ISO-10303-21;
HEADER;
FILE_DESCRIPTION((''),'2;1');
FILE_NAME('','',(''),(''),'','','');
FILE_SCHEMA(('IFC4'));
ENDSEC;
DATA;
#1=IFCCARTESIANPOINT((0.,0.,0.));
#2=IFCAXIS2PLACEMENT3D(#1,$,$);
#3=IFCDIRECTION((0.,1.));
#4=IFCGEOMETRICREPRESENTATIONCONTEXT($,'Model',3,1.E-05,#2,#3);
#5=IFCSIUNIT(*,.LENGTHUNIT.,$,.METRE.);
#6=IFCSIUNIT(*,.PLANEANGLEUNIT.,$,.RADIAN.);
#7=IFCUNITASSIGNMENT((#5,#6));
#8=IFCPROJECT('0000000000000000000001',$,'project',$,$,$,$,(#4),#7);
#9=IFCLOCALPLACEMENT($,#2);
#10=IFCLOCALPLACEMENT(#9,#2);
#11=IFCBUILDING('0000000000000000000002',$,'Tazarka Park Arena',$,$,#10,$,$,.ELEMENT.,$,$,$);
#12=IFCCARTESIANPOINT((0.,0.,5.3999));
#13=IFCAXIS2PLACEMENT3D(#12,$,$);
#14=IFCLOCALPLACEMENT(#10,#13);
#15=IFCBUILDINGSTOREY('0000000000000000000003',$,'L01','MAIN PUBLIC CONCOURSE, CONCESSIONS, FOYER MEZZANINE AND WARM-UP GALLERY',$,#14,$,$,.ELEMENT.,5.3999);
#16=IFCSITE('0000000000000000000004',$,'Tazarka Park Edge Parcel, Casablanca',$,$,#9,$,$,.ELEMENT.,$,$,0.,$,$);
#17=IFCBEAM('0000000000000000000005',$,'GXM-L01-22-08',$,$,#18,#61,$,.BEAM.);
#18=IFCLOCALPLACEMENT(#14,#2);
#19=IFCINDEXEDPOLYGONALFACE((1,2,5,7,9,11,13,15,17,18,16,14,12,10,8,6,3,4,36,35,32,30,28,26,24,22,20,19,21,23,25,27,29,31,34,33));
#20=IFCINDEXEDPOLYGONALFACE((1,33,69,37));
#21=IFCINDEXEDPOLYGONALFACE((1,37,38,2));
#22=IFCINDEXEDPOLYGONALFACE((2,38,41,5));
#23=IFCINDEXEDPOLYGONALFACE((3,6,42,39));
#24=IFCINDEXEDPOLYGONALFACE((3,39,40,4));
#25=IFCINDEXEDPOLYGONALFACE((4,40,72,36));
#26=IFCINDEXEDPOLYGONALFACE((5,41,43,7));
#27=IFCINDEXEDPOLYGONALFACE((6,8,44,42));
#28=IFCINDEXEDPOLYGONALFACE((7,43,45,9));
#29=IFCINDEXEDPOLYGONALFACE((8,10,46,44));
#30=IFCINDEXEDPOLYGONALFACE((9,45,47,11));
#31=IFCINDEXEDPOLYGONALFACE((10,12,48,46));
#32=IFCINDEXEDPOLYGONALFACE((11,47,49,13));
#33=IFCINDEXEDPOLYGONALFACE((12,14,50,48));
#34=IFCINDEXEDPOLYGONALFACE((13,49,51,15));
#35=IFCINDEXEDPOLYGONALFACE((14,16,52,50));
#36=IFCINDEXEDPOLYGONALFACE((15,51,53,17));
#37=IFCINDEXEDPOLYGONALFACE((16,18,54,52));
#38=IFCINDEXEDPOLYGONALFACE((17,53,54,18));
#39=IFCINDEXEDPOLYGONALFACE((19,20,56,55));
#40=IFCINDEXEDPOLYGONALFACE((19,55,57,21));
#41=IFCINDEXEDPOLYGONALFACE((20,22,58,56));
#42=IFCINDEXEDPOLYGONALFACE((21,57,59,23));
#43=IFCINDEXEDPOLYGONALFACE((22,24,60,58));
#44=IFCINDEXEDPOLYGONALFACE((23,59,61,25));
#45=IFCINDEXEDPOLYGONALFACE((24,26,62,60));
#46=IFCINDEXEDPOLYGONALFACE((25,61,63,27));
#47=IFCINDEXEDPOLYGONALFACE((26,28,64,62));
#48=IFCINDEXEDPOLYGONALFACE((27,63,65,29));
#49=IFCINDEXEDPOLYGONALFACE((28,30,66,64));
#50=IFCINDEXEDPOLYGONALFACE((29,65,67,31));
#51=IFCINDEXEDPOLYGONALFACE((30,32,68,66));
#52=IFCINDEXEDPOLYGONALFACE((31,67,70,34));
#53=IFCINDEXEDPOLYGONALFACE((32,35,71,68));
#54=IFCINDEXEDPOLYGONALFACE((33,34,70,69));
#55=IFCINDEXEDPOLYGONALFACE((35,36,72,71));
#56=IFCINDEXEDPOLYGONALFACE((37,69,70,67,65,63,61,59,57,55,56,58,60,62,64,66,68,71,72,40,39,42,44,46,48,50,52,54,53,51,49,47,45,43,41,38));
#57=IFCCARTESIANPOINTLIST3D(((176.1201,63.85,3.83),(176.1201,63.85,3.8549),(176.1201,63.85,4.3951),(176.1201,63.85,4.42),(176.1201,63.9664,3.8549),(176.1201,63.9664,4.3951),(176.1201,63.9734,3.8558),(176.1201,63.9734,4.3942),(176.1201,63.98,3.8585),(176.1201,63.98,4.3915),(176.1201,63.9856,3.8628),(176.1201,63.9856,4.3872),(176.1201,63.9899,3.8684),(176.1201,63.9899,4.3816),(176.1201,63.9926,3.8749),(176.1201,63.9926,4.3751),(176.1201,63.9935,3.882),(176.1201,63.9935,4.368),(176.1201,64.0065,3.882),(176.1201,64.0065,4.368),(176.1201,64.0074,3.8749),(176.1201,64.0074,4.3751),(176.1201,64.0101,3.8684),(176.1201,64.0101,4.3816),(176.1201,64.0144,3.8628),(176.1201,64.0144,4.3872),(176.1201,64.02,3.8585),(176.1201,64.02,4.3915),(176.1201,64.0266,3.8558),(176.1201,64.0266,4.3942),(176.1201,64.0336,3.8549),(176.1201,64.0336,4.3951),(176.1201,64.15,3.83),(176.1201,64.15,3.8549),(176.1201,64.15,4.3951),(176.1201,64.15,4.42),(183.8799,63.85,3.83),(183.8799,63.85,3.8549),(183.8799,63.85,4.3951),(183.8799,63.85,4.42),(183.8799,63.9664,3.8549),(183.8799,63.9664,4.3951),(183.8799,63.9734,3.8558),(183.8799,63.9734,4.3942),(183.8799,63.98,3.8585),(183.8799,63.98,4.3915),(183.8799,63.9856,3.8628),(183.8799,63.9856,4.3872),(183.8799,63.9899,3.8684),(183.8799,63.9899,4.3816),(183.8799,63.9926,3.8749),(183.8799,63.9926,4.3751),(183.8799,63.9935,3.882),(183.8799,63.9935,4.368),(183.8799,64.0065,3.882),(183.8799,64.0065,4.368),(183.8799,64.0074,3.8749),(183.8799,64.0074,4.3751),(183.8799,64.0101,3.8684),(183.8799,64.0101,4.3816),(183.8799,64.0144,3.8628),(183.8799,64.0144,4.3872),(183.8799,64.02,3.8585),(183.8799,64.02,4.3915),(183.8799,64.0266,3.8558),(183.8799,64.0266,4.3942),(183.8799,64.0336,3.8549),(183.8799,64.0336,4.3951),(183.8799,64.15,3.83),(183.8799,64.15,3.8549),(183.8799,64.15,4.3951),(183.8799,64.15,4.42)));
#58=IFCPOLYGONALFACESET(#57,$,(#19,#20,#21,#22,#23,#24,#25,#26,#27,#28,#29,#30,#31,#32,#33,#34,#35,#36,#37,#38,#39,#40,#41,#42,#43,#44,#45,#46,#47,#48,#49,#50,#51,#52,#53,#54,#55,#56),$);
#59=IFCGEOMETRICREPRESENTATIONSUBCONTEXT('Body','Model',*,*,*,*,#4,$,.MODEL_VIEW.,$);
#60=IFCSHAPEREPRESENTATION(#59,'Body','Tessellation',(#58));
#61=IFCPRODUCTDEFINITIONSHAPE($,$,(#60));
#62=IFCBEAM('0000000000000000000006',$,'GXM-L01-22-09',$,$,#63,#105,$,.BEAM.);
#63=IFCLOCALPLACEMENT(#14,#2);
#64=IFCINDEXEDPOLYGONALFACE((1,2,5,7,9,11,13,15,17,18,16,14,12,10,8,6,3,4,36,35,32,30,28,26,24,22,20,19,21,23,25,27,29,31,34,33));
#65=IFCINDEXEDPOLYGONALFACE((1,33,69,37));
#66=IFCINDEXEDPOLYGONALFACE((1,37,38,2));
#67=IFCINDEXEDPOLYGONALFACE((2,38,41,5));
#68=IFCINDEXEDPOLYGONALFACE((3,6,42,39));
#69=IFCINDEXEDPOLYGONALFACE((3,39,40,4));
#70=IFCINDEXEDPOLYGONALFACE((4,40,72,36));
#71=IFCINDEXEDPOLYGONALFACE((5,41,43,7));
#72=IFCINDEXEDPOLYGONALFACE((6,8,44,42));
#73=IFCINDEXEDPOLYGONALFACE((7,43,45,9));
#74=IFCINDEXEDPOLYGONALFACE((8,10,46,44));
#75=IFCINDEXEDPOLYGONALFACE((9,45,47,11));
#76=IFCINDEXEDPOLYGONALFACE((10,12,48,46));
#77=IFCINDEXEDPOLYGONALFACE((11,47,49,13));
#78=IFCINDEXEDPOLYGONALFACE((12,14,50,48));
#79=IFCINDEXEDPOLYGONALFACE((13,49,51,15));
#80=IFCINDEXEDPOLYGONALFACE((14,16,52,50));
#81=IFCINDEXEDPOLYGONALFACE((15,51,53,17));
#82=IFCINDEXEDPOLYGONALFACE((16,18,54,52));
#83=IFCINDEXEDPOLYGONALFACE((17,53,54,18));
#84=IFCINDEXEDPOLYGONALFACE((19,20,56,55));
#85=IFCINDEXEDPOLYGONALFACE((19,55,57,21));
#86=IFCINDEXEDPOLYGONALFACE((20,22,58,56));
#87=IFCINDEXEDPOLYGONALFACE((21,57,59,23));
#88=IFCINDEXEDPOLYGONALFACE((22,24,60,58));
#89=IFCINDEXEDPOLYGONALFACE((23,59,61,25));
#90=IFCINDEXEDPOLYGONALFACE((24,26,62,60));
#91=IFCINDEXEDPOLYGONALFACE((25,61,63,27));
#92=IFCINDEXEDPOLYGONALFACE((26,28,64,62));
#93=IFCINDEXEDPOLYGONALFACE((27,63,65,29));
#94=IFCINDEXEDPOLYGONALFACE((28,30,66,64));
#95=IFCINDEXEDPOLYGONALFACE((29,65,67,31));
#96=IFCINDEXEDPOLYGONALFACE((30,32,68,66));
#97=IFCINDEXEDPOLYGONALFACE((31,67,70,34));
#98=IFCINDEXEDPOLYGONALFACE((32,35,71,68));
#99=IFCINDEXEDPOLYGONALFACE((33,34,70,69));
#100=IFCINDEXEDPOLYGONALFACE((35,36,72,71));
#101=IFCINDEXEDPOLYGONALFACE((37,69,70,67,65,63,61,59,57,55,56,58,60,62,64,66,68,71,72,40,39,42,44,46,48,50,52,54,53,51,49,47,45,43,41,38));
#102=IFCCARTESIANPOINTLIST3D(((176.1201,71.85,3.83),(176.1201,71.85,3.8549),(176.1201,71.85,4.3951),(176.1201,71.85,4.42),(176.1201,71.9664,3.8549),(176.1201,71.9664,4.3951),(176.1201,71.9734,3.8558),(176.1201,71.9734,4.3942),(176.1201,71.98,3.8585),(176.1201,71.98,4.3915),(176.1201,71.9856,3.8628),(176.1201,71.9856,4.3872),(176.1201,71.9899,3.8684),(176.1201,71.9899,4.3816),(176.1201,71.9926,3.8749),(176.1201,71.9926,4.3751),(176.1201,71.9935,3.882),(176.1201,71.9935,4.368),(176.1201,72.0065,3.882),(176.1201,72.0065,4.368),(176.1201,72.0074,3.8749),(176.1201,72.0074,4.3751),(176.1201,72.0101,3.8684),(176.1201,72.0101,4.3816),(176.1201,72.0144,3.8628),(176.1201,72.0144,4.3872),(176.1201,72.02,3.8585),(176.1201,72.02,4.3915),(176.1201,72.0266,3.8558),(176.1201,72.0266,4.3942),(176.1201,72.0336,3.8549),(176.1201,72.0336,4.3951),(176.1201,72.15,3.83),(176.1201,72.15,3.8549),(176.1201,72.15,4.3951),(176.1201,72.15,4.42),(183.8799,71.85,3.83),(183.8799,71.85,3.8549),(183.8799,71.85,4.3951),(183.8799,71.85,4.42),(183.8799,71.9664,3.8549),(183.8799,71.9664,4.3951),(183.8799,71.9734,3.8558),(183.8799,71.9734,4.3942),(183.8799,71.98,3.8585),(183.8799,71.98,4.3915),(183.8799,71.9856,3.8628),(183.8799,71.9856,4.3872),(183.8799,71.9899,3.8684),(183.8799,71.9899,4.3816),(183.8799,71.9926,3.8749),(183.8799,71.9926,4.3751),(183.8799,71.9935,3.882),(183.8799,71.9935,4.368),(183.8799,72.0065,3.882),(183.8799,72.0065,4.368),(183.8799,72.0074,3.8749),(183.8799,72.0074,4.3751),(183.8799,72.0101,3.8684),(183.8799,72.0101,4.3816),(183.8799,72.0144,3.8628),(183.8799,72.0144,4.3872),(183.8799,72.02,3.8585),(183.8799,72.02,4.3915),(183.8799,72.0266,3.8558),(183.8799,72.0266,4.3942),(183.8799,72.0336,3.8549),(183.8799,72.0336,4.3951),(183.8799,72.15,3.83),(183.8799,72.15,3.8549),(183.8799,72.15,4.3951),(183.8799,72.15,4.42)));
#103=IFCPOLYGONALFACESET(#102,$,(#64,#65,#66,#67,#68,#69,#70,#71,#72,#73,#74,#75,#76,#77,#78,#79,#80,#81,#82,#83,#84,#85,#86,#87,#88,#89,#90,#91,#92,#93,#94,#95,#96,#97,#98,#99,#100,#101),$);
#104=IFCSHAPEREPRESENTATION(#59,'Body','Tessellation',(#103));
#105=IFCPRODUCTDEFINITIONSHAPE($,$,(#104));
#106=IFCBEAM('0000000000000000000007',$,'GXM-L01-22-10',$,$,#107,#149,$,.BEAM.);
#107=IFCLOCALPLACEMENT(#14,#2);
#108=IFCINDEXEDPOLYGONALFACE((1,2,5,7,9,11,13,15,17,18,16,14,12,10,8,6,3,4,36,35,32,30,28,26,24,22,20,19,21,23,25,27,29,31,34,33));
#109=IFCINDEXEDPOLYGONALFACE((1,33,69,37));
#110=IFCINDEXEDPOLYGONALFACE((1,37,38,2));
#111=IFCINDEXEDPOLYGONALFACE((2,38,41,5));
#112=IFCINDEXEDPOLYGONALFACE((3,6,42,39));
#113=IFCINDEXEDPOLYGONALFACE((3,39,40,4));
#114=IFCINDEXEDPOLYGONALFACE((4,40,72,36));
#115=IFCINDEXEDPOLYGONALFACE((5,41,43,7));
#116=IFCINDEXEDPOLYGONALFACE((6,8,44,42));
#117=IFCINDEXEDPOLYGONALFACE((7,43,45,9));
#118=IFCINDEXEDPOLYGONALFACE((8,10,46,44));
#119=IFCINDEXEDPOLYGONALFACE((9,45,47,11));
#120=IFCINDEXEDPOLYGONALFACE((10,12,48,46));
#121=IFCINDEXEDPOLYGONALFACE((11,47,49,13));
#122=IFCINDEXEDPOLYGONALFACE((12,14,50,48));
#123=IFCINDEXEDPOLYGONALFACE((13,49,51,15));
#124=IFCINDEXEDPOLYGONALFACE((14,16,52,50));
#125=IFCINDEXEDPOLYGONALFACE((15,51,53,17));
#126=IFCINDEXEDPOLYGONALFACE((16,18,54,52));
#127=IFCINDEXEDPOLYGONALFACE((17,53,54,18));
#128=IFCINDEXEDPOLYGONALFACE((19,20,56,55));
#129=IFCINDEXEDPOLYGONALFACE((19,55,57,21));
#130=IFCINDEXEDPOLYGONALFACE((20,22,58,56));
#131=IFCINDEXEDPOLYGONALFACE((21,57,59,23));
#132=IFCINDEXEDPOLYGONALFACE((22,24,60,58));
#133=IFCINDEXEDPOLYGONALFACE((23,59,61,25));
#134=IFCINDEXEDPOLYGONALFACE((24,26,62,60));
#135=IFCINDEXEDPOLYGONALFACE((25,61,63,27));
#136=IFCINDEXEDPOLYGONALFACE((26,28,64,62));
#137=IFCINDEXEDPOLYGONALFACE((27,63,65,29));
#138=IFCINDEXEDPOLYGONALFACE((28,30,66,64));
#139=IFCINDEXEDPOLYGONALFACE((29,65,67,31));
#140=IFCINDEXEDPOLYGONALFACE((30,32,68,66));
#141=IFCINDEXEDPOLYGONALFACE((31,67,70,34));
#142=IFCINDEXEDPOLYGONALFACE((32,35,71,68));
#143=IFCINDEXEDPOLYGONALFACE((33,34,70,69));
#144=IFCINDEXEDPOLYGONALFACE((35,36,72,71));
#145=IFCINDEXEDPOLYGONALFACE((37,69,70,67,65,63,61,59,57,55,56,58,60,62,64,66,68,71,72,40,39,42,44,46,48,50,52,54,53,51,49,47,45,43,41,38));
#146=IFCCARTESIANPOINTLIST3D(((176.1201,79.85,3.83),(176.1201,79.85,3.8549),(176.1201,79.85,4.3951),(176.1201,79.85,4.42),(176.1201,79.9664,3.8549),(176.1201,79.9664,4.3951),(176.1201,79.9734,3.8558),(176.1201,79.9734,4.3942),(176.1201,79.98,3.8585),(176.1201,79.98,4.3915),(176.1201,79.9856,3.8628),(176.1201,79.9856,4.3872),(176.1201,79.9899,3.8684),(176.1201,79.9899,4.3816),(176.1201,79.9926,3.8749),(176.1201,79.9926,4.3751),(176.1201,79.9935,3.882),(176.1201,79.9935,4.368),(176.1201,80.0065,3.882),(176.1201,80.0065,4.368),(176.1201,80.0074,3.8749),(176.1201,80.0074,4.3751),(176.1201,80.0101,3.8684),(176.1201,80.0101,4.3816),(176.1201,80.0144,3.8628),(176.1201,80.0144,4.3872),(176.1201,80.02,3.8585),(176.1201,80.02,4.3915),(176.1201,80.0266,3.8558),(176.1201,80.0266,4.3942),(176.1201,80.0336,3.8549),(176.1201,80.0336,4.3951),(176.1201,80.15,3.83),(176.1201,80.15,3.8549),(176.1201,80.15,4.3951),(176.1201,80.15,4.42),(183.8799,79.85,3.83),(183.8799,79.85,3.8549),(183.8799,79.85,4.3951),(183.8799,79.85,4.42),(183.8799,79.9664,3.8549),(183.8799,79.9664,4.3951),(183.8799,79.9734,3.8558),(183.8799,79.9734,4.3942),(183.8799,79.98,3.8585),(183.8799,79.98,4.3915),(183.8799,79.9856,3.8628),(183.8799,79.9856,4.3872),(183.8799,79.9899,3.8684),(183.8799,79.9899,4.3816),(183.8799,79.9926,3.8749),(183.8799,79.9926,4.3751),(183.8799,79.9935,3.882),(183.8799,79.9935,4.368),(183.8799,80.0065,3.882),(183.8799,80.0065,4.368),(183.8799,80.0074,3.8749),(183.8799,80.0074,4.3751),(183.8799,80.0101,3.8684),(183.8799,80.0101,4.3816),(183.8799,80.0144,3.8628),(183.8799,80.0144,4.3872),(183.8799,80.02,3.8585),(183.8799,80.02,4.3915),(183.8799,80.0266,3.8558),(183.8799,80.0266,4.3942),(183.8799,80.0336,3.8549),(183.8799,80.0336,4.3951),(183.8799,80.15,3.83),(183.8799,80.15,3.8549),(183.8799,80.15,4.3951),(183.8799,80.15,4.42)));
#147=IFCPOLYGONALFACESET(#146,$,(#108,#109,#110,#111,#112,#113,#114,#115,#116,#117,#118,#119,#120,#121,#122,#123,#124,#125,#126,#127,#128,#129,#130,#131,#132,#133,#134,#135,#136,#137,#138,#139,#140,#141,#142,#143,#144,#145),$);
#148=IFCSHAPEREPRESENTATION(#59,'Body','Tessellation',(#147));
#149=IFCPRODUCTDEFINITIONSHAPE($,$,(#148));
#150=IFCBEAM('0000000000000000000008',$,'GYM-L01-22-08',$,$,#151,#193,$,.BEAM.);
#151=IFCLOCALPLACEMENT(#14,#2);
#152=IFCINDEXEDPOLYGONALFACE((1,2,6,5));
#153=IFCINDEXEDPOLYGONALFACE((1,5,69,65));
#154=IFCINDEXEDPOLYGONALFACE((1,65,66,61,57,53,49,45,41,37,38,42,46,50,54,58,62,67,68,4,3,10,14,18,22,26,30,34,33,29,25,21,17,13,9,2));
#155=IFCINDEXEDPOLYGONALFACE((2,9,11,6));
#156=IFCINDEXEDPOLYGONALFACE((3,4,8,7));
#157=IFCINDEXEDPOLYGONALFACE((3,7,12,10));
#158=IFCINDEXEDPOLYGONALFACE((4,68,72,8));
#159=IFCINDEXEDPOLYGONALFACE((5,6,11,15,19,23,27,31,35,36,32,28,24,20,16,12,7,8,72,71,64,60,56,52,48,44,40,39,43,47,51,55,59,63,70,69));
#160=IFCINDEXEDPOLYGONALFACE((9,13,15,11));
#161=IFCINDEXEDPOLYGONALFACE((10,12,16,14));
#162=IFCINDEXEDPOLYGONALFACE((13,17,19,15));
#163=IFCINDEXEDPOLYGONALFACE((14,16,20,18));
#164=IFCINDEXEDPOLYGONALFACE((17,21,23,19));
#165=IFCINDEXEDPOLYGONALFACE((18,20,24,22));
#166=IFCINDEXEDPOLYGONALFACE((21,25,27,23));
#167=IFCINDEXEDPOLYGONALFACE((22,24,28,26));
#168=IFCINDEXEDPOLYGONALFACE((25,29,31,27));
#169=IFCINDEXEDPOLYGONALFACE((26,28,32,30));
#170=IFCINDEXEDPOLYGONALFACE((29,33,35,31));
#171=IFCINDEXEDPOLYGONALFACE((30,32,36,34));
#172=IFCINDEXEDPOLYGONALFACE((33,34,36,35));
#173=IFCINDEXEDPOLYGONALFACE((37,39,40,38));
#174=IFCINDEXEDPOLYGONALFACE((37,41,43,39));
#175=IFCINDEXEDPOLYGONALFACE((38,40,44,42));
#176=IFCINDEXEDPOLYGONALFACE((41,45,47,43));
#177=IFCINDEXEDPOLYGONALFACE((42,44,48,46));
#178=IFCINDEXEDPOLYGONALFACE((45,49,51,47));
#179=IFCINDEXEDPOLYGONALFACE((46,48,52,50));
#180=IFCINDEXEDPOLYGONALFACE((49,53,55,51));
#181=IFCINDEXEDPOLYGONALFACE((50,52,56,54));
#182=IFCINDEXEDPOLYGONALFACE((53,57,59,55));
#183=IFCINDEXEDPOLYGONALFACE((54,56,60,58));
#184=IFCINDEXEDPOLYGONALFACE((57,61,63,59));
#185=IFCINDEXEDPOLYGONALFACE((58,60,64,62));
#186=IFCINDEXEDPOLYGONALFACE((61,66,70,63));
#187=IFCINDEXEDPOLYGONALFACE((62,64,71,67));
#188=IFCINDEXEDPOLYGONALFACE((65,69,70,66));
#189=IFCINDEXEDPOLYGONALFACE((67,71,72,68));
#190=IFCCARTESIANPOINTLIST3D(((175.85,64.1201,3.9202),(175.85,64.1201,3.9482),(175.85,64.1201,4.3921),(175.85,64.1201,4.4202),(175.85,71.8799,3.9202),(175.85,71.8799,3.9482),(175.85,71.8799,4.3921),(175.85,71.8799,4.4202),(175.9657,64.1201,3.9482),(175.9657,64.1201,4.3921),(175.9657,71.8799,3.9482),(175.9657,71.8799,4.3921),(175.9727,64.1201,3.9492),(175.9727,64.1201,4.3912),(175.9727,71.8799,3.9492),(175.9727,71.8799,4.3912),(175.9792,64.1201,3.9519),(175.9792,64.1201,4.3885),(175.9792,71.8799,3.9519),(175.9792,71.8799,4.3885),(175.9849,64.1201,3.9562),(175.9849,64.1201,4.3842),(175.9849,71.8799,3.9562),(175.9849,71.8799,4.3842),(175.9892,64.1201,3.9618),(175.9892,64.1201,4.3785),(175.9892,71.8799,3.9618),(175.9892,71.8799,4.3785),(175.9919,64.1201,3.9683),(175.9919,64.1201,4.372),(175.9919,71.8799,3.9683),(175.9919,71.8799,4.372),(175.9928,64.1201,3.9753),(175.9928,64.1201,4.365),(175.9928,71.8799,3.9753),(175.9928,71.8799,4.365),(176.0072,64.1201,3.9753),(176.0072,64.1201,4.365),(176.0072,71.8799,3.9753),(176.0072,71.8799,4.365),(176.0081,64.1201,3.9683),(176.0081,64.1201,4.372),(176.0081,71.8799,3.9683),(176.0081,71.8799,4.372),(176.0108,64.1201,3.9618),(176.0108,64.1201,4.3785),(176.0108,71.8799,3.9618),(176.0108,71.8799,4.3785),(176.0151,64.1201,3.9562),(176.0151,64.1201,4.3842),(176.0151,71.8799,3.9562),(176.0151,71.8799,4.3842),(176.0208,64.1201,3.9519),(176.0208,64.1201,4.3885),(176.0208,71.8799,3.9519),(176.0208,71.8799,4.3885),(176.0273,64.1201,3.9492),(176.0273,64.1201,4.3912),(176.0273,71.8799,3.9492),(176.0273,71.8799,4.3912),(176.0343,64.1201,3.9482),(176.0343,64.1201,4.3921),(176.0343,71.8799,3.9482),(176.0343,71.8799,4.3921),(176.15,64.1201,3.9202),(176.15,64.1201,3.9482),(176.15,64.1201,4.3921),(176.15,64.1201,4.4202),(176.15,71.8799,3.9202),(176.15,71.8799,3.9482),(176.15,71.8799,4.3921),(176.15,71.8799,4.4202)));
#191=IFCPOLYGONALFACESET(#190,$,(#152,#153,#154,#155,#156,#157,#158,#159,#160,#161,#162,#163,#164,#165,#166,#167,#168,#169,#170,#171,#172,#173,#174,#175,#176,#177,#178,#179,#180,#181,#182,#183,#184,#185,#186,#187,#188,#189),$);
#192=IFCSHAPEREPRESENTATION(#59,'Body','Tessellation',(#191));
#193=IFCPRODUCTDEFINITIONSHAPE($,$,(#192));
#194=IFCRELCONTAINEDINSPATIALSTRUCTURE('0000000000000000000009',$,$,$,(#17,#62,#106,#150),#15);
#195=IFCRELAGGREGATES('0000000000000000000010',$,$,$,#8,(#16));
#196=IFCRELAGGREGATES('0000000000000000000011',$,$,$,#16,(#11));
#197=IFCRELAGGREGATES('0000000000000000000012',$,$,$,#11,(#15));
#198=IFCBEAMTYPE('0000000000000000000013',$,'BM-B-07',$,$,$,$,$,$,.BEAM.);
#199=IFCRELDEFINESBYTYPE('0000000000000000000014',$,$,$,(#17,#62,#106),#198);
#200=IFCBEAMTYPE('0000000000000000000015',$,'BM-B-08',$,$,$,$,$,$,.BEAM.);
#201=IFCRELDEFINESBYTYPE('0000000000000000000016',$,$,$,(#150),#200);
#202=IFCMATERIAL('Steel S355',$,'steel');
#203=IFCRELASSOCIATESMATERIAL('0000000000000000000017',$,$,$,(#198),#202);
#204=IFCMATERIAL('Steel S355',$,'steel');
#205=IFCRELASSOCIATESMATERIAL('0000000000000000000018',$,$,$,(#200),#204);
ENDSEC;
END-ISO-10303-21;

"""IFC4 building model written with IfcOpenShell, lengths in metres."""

from ifc_helpers import new_model, si_unit, direction, frame, origin, origin_2d, place, context, subcontext, project, spatial, i_section, extrude, material, material_profile, profile_set, type_object, element, save


model = new_model("IFC4")

# Units and contexts
model_context = context("Model", 3, precision=1e-05, world=origin(), true_north=direction((0.0, 1.0)))
body_context = subcontext(model_context, "Body", "Model", "MODEL_VIEW")
ifc_project = project(units=[si_unit("LENGTHUNIT", "METRE"), si_unit("PLANEANGLEUNIT", "RADIAN")], contexts=[model_context])

# Site, building, storey
site_placement = place(None, origin())
site = spatial("IfcSite", under=ifc_project, at=site_placement, Name="Tazarka Park Edge Parcel, Casablanca", CompositionType="ELEMENT", RefElevation=0.0)
building_placement = place(site_placement, origin())
building = spatial("IfcBuilding", under=site, at=building_placement, Name="Tazarka Park Arena", CompositionType="ELEMENT")
storey_placement = place(building_placement, frame((0.0, 0.0, 5.3999)))
storey = spatial("IfcBuildingStorey", under=building, at=storey_placement, Name="L01", Description="MAIN PUBLIC CONCOURSE, CONCESSIONS, FOYER MEZZANINE AND WARM-UP GALLERY", CompositionType="ELEMENT", Elevation=5.3999)

# Beams
ifc_material_1 = material(Name="Steel S355", Category="steel")
ifc_material_profile_1 = material_profile(ifc_material_1, i_section(OverallWidth=0.3, OverallDepth=0.5901, WebThickness=0.0129, FlangeThickness=0.0249, FilletRadius=0.0271, at=origin_2d()), Name="Steel S355")
ifc_profile_set_1 = profile_set([ifc_material_profile_1], Name="Steel S355")
beam_type_1 = type_object("IfcBeamType", Name="BM-B-07", PredefinedType="BEAM", material=ifc_profile_set_1)
for number, where, z_axis, x_axis, name in (
    (1, (176.1201, 64.0, 4.125), (1.0, 0.0, 0.0), (0.0, 1.0, 0.0), "GXM-L01-22-08"),
    (2, (176.1201, 72.0, 4.125), (1.0, 0.0, 0.0), (0.0, 1.0, 0.0), "GXM-L01-22-09"),
    (3, (176.1201, 80.0, 4.125), (1.0, 0.0, 0.0), (0.0, 1.0, 0.0), "GXM-L01-22-10"),
):
    element("IfcBeam", number, at=place(storey_placement, frame(where, z_axis=z_axis, x_axis=x_axis)), inside=storey, type_object=beam_type_1, Name=name, PredefinedType="BEAM", context=body_context, shape_type="SweptSolid", body=[
        extrude(i_section(OverallWidth=0.3, OverallDepth=0.5901, WebThickness=0.0129, FlangeThickness=0.0249, FilletRadius=0.0271, at=origin_2d()), origin(), (0.0, 0.0, 1.0), 7.7598),
    ])
ifc_material_2 = material(Name="Steel S355", Category="steel")
ifc_material_profile_2 = material_profile(ifc_material_2, i_section(OverallWidth=0.3, OverallDepth=0.5, WebThickness=0.0144, FlangeThickness=0.0281, FilletRadius=0.0271, at=origin_2d()), Name="Steel S355")
ifc_profile_set_2 = profile_set([ifc_material_profile_2], Name="Steel S355")
beam_type_2 = type_object("IfcBeamType", Name="BM-B-08", PredefinedType="BEAM", material=ifc_profile_set_2)
beam_1_placement = place(storey_placement, frame((176.0, 64.1201, 4.1702), z_axis=(0.0, 1.0, 0.0), x_axis=(-1.0, 0.0, 0.0)))
element("IfcBeam", 4, at=beam_1_placement, inside=storey, type_object=beam_type_2, Name="GYM-L01-22-08", PredefinedType="BEAM", context=body_context, shape_type="SweptSolid", body=[
    extrude(i_section(OverallWidth=0.3, OverallDepth=0.5, WebThickness=0.0144, FlangeThickness=0.0281, FilletRadius=0.0271, at=origin_2d()), origin(), (0.0, 0.0, 1.0), 7.7598),
])

save(model, "model.ifc")
